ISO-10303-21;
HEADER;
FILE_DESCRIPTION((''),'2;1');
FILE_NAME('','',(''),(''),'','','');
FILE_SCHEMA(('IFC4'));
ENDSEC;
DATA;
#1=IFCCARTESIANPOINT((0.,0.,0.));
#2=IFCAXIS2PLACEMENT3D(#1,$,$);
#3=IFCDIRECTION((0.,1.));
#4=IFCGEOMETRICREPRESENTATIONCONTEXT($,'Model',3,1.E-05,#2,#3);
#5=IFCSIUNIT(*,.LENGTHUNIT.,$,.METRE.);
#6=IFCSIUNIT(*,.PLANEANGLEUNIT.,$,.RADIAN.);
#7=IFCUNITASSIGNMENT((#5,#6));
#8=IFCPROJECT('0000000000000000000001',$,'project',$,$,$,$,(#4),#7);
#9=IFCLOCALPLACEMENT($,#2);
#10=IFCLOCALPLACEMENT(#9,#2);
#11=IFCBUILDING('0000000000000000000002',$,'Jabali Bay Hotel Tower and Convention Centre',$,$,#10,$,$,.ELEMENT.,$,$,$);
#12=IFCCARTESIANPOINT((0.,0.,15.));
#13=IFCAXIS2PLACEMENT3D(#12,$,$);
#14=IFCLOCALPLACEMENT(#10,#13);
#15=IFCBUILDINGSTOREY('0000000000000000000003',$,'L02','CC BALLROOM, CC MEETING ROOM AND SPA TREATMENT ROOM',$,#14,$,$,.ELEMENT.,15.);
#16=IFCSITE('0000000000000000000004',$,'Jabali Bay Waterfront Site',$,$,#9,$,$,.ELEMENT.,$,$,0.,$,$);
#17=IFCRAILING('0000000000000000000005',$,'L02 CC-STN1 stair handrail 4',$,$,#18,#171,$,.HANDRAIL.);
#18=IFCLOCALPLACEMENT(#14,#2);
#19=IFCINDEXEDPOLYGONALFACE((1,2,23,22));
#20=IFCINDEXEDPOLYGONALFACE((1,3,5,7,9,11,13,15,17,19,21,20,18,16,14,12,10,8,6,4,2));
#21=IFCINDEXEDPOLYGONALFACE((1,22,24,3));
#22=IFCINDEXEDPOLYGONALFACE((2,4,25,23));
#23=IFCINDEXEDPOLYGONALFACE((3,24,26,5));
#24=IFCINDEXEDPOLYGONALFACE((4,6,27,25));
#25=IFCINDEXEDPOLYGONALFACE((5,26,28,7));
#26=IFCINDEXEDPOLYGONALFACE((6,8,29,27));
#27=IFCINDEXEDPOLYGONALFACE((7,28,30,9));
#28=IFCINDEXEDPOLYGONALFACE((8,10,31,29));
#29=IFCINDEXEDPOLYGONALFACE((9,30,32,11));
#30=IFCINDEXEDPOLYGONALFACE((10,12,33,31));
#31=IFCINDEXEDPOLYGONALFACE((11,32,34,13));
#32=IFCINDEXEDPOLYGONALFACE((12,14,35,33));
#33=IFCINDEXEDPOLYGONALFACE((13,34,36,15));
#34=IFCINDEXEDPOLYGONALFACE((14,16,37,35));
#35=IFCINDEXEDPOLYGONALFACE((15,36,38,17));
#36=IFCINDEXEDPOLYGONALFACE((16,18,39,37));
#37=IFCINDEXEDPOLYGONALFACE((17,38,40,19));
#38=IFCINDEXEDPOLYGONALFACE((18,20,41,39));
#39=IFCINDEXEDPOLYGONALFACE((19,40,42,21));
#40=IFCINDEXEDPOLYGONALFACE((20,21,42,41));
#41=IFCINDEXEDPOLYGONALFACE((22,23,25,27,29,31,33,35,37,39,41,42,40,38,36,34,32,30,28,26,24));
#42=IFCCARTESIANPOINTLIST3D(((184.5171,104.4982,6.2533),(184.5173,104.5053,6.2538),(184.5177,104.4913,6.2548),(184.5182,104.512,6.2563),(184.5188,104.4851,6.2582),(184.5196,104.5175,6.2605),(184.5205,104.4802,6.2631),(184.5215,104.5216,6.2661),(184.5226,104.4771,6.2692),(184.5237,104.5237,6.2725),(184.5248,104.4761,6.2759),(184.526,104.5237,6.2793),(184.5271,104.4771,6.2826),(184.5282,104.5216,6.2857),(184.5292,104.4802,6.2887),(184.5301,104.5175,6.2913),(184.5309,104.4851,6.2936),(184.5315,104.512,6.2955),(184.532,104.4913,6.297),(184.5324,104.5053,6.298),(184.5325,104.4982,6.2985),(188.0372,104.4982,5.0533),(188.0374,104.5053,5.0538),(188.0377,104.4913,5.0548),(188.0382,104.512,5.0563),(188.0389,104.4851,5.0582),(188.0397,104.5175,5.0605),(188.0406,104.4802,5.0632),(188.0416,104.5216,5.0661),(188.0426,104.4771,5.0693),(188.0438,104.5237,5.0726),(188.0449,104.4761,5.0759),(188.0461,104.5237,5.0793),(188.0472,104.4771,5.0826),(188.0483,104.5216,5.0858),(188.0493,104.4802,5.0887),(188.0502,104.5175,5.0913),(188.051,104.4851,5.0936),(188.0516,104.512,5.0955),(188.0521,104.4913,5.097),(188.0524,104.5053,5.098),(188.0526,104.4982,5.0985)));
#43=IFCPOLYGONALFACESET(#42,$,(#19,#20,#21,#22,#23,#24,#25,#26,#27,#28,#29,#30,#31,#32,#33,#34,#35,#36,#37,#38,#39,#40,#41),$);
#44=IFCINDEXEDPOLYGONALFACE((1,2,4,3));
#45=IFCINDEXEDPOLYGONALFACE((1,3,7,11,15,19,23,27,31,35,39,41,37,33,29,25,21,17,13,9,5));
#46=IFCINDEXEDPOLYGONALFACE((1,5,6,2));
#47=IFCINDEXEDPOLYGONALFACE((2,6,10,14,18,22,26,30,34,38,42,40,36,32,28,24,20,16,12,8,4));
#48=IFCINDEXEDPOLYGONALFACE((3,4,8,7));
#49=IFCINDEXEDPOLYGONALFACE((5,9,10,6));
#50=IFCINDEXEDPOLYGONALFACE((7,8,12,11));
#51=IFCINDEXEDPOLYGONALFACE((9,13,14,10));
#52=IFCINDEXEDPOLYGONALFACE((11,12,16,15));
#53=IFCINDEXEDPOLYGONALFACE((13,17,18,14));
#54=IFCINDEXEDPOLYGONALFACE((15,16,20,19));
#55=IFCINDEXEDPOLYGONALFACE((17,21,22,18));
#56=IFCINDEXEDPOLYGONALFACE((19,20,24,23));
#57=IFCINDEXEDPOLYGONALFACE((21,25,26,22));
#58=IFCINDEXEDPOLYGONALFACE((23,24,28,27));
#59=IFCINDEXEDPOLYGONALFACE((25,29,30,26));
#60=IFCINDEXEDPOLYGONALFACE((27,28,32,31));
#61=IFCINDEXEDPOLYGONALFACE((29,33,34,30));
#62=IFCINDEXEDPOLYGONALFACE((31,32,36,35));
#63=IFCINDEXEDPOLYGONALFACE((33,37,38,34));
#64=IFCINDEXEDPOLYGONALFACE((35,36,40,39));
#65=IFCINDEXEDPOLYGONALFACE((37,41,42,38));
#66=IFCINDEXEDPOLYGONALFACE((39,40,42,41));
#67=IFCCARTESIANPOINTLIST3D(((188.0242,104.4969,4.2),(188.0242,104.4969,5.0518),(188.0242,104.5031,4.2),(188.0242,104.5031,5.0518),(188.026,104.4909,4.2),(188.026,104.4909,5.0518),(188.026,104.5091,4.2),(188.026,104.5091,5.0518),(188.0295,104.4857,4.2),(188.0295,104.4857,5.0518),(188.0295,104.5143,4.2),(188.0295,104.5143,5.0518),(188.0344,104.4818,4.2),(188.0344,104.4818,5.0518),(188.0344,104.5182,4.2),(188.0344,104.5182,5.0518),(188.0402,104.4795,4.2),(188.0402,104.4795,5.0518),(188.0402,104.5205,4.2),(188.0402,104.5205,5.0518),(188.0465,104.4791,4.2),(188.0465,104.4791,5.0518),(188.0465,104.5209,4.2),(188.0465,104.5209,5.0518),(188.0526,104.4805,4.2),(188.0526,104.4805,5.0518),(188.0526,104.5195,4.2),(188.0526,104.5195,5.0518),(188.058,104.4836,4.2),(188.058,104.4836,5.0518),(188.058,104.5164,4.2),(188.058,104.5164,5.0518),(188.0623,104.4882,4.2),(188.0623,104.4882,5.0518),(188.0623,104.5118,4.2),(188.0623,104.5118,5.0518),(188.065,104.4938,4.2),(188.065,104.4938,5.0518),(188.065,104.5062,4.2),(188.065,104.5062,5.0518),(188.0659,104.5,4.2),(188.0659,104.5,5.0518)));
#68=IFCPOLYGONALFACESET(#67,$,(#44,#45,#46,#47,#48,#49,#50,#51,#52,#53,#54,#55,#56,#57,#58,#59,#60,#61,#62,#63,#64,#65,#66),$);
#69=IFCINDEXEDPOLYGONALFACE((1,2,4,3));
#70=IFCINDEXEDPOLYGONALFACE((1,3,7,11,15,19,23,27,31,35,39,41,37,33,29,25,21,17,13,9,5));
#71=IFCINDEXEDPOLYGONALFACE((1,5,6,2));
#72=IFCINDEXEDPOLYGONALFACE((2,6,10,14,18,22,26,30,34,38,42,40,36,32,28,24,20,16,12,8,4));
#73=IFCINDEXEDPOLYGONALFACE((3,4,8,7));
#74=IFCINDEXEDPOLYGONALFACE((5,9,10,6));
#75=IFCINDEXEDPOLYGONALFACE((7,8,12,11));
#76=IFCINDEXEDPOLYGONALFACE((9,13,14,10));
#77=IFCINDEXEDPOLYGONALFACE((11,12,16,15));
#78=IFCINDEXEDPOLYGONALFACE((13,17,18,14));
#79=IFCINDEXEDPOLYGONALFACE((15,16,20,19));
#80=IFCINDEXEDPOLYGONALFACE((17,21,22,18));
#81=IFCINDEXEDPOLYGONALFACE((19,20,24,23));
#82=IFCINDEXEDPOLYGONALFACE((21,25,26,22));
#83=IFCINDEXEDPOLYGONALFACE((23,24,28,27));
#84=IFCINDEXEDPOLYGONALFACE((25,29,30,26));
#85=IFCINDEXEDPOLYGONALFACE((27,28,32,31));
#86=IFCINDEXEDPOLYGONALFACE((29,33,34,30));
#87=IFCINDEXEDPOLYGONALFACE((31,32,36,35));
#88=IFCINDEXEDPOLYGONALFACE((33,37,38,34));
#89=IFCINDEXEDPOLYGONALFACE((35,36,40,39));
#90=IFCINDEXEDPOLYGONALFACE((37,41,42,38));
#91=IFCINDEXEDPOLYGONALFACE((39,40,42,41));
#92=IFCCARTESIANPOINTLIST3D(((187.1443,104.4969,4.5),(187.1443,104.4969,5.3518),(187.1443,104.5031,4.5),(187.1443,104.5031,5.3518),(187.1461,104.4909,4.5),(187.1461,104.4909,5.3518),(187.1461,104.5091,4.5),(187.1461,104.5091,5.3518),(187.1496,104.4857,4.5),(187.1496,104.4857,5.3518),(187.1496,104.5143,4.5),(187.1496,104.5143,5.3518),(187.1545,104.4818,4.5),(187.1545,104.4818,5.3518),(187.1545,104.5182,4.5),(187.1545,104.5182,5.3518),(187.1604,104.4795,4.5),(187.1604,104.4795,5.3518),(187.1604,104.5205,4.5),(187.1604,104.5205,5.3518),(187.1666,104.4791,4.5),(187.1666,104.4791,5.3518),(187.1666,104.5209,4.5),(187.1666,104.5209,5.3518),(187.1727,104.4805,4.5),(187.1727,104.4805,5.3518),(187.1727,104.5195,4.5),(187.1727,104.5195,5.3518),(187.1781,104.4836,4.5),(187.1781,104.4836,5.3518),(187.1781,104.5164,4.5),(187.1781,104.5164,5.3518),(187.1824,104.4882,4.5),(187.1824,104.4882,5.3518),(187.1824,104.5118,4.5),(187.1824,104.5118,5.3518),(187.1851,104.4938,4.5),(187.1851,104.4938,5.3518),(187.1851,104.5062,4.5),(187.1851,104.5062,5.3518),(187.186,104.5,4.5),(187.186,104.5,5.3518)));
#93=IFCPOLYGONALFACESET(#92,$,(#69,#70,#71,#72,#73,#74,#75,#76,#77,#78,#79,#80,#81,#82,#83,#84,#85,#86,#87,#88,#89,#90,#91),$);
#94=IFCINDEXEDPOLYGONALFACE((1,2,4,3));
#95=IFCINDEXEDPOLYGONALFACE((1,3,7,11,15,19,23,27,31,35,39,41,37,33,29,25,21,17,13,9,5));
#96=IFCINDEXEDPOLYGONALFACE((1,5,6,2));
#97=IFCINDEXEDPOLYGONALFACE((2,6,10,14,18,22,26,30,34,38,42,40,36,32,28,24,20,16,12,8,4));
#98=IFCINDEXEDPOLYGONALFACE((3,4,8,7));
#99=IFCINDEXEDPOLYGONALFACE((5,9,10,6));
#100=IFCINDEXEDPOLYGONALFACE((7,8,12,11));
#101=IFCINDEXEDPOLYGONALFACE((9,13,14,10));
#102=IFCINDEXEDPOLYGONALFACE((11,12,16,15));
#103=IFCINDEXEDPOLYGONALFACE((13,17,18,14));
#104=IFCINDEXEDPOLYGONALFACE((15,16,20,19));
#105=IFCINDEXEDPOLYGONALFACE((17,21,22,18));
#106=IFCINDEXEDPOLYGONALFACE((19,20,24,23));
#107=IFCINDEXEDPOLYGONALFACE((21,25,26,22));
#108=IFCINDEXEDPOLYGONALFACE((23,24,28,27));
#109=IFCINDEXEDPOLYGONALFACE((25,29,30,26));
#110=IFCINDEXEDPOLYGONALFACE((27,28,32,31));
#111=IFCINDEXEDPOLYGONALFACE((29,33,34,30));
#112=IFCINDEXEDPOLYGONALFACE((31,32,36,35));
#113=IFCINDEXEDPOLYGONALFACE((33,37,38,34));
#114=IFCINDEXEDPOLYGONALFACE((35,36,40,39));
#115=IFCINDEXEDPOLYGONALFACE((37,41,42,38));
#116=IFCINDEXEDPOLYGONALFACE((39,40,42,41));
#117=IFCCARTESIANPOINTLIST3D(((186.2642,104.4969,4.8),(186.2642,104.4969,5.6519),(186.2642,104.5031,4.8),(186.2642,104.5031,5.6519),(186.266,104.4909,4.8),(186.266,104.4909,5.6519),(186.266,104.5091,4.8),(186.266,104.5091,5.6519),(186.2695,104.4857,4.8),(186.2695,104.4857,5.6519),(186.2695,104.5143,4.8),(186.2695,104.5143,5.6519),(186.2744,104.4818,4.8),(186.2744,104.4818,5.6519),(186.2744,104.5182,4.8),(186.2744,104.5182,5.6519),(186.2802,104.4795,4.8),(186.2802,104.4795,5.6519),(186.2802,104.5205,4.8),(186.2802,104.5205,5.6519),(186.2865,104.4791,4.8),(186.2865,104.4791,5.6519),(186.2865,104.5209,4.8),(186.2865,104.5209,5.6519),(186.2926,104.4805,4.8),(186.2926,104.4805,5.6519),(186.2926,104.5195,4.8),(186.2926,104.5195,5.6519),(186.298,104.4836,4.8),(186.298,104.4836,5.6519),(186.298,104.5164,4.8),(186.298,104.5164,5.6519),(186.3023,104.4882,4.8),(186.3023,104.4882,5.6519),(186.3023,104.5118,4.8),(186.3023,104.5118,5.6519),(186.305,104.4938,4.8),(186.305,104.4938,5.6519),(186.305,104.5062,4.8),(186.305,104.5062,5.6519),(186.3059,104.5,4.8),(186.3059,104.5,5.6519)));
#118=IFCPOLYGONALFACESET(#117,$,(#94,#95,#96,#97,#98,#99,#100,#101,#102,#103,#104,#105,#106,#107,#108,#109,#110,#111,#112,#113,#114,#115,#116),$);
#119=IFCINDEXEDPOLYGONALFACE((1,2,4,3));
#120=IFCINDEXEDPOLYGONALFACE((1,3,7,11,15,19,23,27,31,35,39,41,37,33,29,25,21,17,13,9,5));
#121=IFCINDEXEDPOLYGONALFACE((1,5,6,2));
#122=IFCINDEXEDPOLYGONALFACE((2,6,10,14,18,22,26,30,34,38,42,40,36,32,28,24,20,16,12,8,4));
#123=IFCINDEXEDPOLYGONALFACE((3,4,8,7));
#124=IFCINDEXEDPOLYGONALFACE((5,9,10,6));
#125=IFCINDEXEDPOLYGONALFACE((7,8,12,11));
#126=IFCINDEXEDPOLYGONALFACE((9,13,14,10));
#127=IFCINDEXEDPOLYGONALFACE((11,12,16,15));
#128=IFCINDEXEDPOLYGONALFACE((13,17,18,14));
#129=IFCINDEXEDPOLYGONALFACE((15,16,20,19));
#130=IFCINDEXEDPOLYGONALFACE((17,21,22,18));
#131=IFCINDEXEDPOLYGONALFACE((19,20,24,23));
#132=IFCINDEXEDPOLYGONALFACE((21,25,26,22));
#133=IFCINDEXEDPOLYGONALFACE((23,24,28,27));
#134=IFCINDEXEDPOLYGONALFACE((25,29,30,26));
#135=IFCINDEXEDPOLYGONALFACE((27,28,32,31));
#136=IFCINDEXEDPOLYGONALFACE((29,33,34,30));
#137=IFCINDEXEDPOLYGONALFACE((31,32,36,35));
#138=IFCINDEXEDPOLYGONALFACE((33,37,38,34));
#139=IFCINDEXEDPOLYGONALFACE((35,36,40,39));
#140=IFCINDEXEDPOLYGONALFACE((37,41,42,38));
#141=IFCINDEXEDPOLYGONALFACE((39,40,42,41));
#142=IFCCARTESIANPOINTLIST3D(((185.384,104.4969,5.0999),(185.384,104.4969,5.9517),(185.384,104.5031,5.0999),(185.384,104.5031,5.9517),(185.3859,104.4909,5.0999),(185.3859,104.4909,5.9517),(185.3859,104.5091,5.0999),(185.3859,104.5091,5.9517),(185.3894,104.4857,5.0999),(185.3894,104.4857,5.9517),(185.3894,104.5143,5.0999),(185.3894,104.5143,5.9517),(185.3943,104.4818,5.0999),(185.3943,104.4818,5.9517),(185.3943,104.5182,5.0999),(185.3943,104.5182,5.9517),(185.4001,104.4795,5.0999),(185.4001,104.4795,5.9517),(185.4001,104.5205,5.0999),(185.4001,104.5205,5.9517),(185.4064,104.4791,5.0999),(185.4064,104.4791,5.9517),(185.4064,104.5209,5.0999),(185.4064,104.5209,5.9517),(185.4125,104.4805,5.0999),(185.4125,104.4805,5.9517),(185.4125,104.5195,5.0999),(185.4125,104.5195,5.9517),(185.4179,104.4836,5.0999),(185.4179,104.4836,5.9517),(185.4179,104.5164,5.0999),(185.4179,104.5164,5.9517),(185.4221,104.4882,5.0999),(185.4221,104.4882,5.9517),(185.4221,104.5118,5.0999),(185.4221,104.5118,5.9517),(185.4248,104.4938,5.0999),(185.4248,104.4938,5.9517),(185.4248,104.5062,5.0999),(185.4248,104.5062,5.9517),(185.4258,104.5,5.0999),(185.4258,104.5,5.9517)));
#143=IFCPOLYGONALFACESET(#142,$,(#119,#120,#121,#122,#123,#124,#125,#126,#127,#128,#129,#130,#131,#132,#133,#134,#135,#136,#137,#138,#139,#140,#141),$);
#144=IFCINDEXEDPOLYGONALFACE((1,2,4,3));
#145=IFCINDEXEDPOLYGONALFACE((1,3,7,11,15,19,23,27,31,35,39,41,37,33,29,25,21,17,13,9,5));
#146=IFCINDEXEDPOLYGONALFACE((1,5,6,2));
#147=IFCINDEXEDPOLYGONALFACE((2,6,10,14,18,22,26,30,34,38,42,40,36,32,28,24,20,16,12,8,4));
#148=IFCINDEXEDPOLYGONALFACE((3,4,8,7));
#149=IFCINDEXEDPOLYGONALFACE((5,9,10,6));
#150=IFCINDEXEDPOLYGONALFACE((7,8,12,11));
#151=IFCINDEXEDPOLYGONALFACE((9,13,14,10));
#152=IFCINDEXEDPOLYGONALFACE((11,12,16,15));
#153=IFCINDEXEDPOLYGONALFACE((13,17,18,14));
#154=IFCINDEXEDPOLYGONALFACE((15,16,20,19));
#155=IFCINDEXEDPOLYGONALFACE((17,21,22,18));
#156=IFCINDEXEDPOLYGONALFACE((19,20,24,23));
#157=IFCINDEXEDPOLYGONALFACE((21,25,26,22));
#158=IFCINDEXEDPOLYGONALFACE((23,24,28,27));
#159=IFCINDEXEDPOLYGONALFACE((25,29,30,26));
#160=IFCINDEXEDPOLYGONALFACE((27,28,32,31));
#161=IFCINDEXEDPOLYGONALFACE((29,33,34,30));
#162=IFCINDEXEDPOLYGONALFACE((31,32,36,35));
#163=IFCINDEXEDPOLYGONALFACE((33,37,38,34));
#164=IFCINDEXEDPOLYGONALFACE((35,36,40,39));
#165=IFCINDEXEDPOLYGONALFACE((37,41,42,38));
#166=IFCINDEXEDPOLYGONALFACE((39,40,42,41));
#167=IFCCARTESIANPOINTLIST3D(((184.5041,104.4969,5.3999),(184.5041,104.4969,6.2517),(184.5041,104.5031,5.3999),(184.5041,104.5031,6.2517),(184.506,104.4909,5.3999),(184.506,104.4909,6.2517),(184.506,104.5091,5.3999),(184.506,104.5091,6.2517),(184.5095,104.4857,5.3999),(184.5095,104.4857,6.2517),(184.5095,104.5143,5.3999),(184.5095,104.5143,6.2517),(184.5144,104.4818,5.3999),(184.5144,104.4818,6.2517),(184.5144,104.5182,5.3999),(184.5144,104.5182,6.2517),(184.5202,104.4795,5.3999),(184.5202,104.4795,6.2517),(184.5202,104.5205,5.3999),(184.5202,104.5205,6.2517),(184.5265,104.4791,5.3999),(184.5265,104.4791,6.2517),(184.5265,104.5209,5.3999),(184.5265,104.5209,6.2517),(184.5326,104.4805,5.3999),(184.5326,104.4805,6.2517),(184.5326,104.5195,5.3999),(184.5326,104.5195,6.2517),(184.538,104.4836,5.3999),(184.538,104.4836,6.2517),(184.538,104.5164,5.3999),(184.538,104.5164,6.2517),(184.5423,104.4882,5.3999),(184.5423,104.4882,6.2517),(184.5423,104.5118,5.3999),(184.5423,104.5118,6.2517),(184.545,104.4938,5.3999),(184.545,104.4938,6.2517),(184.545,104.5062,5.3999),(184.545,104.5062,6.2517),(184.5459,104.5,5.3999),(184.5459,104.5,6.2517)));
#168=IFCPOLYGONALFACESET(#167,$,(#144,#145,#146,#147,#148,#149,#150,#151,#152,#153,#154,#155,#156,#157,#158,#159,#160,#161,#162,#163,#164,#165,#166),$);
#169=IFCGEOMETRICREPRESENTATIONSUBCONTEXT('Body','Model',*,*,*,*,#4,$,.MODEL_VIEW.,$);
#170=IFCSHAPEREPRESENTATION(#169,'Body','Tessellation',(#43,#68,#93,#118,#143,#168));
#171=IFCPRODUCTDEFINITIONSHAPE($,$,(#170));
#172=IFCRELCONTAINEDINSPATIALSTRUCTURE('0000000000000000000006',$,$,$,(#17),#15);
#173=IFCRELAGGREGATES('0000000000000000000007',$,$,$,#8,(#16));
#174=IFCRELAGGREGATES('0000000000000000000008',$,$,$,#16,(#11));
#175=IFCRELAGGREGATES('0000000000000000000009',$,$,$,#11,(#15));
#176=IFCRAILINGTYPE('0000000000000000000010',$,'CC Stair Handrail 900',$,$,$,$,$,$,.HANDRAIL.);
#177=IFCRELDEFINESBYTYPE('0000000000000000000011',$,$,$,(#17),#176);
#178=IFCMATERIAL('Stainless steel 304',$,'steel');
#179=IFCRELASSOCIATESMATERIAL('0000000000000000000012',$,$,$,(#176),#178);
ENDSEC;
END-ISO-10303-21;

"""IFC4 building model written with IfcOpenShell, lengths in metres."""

from ifc_helpers import new_model, si_unit, direction, frame, origin, origin_2d, place, context, subcontext, project, spatial, circle, extrude, material, type_object, element, save


model = new_model("IFC4")

# Units and contexts
model_context = context("Model", 3, precision=1e-05, world=origin(), true_north=direction((0.0, 1.0)))
body_context = subcontext(model_context, "Body", "Model", "MODEL_VIEW")
ifc_project = project(units=[si_unit("LENGTHUNIT", "METRE"), si_unit("PLANEANGLEUNIT", "RADIAN")], contexts=[model_context])

# Site, building, storey
site_placement = place(None, origin())
site = spatial("IfcSite", under=ifc_project, at=site_placement, Name="Jabali Bay Waterfront Site", CompositionType="ELEMENT", RefElevation=0.0)
building_placement = place(site_placement, origin())
building = spatial("IfcBuilding", under=site, at=building_placement, Name="Jabali Bay Hotel Tower and Convention Centre", CompositionType="ELEMENT")
storey_placement = place(building_placement, frame((0.0, 0.0, 15.0)))
storey = spatial("IfcBuildingStorey", under=building, at=storey_placement, Name="L02", Description="CC BALLROOM, CC MEETING ROOM AND SPA TREATMENT ROOM", CompositionType="ELEMENT", Elevation=15.0)

# Railing
ifc_material_1 = material(Name="Stainless steel 304", Category="steel")
railing_type_1 = type_object("IfcRailingType", Name="CC Stair Handrail 900", PredefinedType="HANDRAIL", material=ifc_material_1)
for number, where, name in (
    (1, (188.0449, 104.5, 4.2), "L02 CC-STN1 stair handrail 4"),
):
    element("IfcRailing", number, at=place(storey_placement, frame(where)), inside=storey, type_object=railing_type_1, Name=name, PredefinedType="HANDRAIL", context=body_context, shape_type="SweptSolid", body=[
        extrude(circle(Radius=0.0239, at=origin_2d()), frame((0.0, 0.0, 0.876), z_axis=(-0.946515, 0.0, 0.322661), x_axis=(0.0, -1.0, 0.0)), (0.0, 0.0, 1.0), 3.719),
        extrude(circle(Radius=0.021, at=origin_2d()), origin(), (0.0, 0.0, 1.0), 0.8518),
        extrude(circle(Radius=0.021, at=origin_2d()), frame((-0.8799, 0.0, 0.3)), (0.0, 0.0, 1.0), 0.8518),
        extrude(circle(Radius=0.021, at=origin_2d()), frame((-1.76, 0.0, 0.6001)), (0.0, 0.0, 1.0), 0.8518),
        extrude(circle(Radius=0.021, at=origin_2d()), frame((-2.6401, 0.0, 0.8999)), (0.0, 0.0, 1.0), 0.8518),
        extrude(circle(Radius=0.021, at=origin_2d()), frame((-3.52, 0.0, 1.2)), (0.0, 0.0, 1.0), 0.8518),
    ])

save(model, "model.ifc")
